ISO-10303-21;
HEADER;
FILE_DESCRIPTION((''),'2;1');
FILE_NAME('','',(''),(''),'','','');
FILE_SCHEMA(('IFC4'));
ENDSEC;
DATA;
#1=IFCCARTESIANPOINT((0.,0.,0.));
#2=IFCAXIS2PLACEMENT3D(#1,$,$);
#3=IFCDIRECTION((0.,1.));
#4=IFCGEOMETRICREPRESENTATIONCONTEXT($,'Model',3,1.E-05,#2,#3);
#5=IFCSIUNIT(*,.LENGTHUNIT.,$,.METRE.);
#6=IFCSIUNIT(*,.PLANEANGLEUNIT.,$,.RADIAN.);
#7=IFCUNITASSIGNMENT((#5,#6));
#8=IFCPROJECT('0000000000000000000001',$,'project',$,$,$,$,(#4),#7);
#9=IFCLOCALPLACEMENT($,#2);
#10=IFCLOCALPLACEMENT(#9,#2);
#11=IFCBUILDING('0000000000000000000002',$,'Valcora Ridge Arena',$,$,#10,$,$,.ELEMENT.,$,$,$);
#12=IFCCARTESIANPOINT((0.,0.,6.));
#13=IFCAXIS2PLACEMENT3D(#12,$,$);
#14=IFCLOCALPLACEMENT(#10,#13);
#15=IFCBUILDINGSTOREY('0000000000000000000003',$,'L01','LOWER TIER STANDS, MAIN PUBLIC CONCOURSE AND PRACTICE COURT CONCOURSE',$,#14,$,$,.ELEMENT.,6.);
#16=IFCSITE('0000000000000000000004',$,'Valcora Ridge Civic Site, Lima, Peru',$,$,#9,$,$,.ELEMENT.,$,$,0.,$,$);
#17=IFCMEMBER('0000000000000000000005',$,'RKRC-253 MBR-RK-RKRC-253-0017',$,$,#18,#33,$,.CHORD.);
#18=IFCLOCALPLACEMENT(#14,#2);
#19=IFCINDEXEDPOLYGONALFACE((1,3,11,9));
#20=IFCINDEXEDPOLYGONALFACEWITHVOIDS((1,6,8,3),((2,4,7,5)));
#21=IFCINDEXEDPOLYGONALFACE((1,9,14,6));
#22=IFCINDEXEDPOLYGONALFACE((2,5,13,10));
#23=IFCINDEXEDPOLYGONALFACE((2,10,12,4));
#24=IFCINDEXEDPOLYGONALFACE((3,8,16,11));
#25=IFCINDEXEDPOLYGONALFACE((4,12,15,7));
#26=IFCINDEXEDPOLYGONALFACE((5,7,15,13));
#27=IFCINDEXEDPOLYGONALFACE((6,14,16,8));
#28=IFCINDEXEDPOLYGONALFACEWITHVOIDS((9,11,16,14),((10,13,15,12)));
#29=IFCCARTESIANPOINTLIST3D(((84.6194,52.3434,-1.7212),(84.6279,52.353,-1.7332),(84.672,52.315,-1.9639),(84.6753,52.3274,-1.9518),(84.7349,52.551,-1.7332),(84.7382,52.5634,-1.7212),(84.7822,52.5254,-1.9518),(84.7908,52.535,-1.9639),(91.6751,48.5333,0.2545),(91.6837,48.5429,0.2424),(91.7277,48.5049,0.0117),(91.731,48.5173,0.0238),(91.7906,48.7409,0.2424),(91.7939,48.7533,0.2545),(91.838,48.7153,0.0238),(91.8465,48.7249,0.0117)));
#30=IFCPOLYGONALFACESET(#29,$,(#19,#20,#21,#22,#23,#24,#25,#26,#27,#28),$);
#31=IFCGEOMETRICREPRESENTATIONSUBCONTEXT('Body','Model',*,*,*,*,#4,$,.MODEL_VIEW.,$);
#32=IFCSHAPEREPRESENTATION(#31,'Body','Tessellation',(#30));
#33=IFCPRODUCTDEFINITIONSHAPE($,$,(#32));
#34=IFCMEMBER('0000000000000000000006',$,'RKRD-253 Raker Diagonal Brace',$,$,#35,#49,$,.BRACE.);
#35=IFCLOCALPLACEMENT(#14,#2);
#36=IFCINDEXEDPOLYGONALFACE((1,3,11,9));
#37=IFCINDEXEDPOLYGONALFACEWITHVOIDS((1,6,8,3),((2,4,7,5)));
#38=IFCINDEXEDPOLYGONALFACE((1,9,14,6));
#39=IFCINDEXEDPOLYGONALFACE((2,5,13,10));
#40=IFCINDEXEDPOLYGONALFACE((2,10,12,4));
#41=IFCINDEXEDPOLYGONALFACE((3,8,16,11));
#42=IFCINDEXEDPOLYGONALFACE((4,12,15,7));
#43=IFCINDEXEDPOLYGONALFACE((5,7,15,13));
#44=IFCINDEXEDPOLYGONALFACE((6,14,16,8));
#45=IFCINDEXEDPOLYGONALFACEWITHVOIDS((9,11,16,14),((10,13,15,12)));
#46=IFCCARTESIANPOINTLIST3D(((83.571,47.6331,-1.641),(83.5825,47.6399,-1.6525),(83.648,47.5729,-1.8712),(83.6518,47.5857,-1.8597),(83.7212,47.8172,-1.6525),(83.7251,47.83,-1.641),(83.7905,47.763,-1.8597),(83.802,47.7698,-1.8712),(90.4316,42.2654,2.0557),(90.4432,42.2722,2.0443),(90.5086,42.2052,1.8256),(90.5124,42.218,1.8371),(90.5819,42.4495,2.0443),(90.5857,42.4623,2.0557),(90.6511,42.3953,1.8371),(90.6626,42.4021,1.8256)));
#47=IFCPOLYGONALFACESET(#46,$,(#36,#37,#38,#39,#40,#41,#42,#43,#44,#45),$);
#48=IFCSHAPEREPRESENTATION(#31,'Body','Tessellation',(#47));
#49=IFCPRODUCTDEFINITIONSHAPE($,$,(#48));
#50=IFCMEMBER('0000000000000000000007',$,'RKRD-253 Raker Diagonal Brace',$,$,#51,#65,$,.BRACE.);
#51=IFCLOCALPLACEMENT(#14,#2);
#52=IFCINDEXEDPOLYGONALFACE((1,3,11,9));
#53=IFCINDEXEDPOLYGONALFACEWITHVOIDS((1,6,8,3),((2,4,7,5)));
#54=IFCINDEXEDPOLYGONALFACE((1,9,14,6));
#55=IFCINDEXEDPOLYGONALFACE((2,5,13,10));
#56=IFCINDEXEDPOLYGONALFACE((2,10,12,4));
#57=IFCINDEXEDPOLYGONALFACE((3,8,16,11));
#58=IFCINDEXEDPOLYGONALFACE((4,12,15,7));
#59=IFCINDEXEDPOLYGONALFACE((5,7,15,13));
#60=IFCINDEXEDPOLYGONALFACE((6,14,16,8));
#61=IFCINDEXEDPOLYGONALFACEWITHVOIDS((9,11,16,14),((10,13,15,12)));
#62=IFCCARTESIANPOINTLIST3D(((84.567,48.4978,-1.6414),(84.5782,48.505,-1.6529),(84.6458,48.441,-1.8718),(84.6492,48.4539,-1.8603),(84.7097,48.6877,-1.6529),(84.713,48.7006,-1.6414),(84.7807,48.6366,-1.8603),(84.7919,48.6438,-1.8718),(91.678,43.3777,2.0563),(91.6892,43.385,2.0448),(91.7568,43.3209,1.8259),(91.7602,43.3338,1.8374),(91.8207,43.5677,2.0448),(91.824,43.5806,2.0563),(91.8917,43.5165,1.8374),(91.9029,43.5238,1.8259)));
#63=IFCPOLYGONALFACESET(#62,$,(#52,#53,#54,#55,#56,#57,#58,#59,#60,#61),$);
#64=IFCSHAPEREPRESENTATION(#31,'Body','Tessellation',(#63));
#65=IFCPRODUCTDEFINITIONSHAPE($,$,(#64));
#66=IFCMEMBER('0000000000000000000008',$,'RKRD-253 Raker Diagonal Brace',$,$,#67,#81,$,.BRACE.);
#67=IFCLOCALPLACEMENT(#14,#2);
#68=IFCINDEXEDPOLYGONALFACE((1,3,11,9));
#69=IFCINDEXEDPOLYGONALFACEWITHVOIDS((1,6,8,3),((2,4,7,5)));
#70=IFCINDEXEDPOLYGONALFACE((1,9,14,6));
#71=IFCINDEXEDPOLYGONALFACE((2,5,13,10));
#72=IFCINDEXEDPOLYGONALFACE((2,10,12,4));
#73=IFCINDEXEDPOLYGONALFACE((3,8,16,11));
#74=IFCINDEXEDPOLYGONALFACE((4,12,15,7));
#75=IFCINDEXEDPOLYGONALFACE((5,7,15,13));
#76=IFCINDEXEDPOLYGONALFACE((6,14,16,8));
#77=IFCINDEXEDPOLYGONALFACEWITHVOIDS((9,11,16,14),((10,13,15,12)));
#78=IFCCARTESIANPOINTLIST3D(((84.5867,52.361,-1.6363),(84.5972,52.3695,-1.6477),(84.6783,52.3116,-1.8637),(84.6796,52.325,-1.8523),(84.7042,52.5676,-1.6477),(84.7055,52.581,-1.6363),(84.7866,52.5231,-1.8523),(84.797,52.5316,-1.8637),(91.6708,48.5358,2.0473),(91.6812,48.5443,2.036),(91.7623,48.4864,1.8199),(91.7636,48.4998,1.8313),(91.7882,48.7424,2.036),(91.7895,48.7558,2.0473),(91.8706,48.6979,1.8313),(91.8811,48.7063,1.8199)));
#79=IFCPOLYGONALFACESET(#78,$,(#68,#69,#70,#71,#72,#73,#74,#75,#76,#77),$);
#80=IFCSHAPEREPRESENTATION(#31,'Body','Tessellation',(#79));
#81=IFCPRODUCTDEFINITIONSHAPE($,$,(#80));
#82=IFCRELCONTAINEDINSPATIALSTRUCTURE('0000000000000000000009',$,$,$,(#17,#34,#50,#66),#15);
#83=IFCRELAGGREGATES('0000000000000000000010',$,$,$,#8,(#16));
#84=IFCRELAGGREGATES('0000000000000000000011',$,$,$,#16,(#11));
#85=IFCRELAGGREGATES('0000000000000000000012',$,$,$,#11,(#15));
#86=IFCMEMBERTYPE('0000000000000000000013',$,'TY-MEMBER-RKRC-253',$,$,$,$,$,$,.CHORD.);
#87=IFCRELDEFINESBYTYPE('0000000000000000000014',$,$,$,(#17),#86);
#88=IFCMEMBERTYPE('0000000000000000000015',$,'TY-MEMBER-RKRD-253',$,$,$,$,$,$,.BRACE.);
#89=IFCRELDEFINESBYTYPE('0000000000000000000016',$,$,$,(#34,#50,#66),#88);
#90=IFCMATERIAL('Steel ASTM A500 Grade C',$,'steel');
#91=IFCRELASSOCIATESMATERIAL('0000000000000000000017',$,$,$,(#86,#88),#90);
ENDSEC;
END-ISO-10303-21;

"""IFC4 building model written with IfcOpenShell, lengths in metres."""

from ifc_helpers import new_model, si_unit, direction, frame, origin, origin_2d, place, context, subcontext, project, spatial, hollow_rectangle, extrude, material, material_profile, profile_set, type_object, element, save


model = new_model("IFC4")

# Units and contexts
model_context = context("Model", 3, precision=1e-05, world=origin(), true_north=direction((0.0, 1.0)))
body_context = subcontext(model_context, "Body", "Model", "MODEL_VIEW")
ifc_project = project(units=[si_unit("LENGTHUNIT", "METRE"), si_unit("PLANEANGLEUNIT", "RADIAN")], contexts=[model_context])

# Site, building, storey
site_placement = place(None, origin())
site = spatial("IfcSite", under=ifc_project, at=site_placement, Name="Valcora Ridge Civic Site, Lima, Peru", CompositionType="ELEMENT", RefElevation=0.0)
building_placement = place(site_placement, origin())
building = spatial("IfcBuilding", under=site, at=building_placement, Name="Valcora Ridge Arena", CompositionType="ELEMENT")
storey_placement = place(building_placement, frame((0.0, 0.0, 6.0)))
storey = spatial("IfcBuildingStorey", under=building, at=storey_placement, Name="L01", Description="LOWER TIER STANDS, MAIN PUBLIC CONCOURSE AND PRACTICE COURT CONCOURSE", CompositionType="ELEMENT", Elevation=6.0)

# Members
ifc_material_1 = material(Name="Steel ASTM A500 Grade C", Category="steel")
ifc_material_profile_1 = material_profile(ifc_material_1, hollow_rectangle(XDim=0.25, YDim=0.25, WallThickness=0.0125, at=origin_2d()), Name="HSS250X250X12")
ifc_profile_set_1 = profile_set([ifc_material_profile_1], Name="Steel ASTM A500 Grade C")
member_type_1 = type_object("IfcMemberType", Name="TY-MEMBER-RKRC-253", PredefinedType="CHORD", material=ifc_profile_set_1)
member_1_placement = place(storey_placement, frame((84.7051, 52.4392, -1.8425), z_axis=(0.854358, -0.461353, 0.23922), x_axis=(0.475149, 0.879905, 0.0)))
element("IfcMember", 1, at=member_1_placement, inside=storey, type_object=member_type_1, Name="RKRC-253 MBR-RK-RKRC-253-0017", PredefinedType="CHORD", context=body_context, shape_type="SweptSolid", body=[
    extrude(hollow_rectangle(XDim=0.25, YDim=0.25, WallThickness=0.0125, at=origin_2d()), origin(), (0.0, 0.0, 1.0), 8.2585),
])
ifc_material_profile_2 = material_profile(ifc_material_1, hollow_rectangle(XDim=0.25, YDim=0.25, WallThickness=0.0125, at=origin_2d()), Name="HSS250X250X12")
ifc_profile_set_2 = profile_set([ifc_material_profile_2], Name="Steel ASTM A500 Grade C")
member_type_2 = type_object("IfcMemberType", Name="TY-MEMBER-RKRD-253", PredefinedType="BRACE", material=ifc_profile_set_2)
member_2_placement = place(storey_placement, frame((83.6865, 47.7014, -1.7561), z_axis=(0.725002, -0.567236, 0.390661), x_axis=(0.616202, 0.787588, 0.0)))
element("IfcMember", 2, at=member_2_placement, inside=storey, type_object=member_type_2, Name="RKRD-253 Raker Diagonal Brace", PredefinedType="BRACE", context=body_context, shape_type="SweptSolid", body=[
    extrude(hollow_rectangle(XDim=0.25, YDim=0.25, WallThickness=0.0125, at=origin_2d()), origin(), (0.0, 0.0, 1.0), 9.4629),
])
member_3_placement = place(storey_placement, frame((84.6794, 48.5708, -1.7566), z_axis=(0.74768, -0.538344, 0.388793), x_axis=(0.584315, 0.811527, 0.0)))
element("IfcMember", 3, at=member_3_placement, inside=storey, type_object=member_type_2, Name="RKRD-253 Raker Diagonal Brace", PredefinedType="BRACE", context=body_context, shape_type="SweptSolid", body=[
    extrude(hollow_rectangle(XDim=0.25, YDim=0.25, WallThickness=0.0125, at=origin_2d()), origin(), (0.0, 0.0, 1.0), 9.5107),
])
member_4_placement = place(storey_placement, frame((84.6919, 52.4463, -1.75), z_axis=(0.800137, -0.432056, 0.416062), x_axis=(0.475134, 0.879914, 0.0)))
element("IfcMember", 4, at=member_4_placement, inside=storey, type_object=member_type_2, Name="RKRD-253 Raker Diagonal Brace", PredefinedType="BRACE", context=body_context, shape_type="SweptSolid", body=[
    extrude(hollow_rectangle(XDim=0.25, YDim=0.25, WallThickness=0.0125, at=origin_2d()), origin(), (0.0, 0.0, 1.0), 8.8535),
])

save(model, "model.ifc")
